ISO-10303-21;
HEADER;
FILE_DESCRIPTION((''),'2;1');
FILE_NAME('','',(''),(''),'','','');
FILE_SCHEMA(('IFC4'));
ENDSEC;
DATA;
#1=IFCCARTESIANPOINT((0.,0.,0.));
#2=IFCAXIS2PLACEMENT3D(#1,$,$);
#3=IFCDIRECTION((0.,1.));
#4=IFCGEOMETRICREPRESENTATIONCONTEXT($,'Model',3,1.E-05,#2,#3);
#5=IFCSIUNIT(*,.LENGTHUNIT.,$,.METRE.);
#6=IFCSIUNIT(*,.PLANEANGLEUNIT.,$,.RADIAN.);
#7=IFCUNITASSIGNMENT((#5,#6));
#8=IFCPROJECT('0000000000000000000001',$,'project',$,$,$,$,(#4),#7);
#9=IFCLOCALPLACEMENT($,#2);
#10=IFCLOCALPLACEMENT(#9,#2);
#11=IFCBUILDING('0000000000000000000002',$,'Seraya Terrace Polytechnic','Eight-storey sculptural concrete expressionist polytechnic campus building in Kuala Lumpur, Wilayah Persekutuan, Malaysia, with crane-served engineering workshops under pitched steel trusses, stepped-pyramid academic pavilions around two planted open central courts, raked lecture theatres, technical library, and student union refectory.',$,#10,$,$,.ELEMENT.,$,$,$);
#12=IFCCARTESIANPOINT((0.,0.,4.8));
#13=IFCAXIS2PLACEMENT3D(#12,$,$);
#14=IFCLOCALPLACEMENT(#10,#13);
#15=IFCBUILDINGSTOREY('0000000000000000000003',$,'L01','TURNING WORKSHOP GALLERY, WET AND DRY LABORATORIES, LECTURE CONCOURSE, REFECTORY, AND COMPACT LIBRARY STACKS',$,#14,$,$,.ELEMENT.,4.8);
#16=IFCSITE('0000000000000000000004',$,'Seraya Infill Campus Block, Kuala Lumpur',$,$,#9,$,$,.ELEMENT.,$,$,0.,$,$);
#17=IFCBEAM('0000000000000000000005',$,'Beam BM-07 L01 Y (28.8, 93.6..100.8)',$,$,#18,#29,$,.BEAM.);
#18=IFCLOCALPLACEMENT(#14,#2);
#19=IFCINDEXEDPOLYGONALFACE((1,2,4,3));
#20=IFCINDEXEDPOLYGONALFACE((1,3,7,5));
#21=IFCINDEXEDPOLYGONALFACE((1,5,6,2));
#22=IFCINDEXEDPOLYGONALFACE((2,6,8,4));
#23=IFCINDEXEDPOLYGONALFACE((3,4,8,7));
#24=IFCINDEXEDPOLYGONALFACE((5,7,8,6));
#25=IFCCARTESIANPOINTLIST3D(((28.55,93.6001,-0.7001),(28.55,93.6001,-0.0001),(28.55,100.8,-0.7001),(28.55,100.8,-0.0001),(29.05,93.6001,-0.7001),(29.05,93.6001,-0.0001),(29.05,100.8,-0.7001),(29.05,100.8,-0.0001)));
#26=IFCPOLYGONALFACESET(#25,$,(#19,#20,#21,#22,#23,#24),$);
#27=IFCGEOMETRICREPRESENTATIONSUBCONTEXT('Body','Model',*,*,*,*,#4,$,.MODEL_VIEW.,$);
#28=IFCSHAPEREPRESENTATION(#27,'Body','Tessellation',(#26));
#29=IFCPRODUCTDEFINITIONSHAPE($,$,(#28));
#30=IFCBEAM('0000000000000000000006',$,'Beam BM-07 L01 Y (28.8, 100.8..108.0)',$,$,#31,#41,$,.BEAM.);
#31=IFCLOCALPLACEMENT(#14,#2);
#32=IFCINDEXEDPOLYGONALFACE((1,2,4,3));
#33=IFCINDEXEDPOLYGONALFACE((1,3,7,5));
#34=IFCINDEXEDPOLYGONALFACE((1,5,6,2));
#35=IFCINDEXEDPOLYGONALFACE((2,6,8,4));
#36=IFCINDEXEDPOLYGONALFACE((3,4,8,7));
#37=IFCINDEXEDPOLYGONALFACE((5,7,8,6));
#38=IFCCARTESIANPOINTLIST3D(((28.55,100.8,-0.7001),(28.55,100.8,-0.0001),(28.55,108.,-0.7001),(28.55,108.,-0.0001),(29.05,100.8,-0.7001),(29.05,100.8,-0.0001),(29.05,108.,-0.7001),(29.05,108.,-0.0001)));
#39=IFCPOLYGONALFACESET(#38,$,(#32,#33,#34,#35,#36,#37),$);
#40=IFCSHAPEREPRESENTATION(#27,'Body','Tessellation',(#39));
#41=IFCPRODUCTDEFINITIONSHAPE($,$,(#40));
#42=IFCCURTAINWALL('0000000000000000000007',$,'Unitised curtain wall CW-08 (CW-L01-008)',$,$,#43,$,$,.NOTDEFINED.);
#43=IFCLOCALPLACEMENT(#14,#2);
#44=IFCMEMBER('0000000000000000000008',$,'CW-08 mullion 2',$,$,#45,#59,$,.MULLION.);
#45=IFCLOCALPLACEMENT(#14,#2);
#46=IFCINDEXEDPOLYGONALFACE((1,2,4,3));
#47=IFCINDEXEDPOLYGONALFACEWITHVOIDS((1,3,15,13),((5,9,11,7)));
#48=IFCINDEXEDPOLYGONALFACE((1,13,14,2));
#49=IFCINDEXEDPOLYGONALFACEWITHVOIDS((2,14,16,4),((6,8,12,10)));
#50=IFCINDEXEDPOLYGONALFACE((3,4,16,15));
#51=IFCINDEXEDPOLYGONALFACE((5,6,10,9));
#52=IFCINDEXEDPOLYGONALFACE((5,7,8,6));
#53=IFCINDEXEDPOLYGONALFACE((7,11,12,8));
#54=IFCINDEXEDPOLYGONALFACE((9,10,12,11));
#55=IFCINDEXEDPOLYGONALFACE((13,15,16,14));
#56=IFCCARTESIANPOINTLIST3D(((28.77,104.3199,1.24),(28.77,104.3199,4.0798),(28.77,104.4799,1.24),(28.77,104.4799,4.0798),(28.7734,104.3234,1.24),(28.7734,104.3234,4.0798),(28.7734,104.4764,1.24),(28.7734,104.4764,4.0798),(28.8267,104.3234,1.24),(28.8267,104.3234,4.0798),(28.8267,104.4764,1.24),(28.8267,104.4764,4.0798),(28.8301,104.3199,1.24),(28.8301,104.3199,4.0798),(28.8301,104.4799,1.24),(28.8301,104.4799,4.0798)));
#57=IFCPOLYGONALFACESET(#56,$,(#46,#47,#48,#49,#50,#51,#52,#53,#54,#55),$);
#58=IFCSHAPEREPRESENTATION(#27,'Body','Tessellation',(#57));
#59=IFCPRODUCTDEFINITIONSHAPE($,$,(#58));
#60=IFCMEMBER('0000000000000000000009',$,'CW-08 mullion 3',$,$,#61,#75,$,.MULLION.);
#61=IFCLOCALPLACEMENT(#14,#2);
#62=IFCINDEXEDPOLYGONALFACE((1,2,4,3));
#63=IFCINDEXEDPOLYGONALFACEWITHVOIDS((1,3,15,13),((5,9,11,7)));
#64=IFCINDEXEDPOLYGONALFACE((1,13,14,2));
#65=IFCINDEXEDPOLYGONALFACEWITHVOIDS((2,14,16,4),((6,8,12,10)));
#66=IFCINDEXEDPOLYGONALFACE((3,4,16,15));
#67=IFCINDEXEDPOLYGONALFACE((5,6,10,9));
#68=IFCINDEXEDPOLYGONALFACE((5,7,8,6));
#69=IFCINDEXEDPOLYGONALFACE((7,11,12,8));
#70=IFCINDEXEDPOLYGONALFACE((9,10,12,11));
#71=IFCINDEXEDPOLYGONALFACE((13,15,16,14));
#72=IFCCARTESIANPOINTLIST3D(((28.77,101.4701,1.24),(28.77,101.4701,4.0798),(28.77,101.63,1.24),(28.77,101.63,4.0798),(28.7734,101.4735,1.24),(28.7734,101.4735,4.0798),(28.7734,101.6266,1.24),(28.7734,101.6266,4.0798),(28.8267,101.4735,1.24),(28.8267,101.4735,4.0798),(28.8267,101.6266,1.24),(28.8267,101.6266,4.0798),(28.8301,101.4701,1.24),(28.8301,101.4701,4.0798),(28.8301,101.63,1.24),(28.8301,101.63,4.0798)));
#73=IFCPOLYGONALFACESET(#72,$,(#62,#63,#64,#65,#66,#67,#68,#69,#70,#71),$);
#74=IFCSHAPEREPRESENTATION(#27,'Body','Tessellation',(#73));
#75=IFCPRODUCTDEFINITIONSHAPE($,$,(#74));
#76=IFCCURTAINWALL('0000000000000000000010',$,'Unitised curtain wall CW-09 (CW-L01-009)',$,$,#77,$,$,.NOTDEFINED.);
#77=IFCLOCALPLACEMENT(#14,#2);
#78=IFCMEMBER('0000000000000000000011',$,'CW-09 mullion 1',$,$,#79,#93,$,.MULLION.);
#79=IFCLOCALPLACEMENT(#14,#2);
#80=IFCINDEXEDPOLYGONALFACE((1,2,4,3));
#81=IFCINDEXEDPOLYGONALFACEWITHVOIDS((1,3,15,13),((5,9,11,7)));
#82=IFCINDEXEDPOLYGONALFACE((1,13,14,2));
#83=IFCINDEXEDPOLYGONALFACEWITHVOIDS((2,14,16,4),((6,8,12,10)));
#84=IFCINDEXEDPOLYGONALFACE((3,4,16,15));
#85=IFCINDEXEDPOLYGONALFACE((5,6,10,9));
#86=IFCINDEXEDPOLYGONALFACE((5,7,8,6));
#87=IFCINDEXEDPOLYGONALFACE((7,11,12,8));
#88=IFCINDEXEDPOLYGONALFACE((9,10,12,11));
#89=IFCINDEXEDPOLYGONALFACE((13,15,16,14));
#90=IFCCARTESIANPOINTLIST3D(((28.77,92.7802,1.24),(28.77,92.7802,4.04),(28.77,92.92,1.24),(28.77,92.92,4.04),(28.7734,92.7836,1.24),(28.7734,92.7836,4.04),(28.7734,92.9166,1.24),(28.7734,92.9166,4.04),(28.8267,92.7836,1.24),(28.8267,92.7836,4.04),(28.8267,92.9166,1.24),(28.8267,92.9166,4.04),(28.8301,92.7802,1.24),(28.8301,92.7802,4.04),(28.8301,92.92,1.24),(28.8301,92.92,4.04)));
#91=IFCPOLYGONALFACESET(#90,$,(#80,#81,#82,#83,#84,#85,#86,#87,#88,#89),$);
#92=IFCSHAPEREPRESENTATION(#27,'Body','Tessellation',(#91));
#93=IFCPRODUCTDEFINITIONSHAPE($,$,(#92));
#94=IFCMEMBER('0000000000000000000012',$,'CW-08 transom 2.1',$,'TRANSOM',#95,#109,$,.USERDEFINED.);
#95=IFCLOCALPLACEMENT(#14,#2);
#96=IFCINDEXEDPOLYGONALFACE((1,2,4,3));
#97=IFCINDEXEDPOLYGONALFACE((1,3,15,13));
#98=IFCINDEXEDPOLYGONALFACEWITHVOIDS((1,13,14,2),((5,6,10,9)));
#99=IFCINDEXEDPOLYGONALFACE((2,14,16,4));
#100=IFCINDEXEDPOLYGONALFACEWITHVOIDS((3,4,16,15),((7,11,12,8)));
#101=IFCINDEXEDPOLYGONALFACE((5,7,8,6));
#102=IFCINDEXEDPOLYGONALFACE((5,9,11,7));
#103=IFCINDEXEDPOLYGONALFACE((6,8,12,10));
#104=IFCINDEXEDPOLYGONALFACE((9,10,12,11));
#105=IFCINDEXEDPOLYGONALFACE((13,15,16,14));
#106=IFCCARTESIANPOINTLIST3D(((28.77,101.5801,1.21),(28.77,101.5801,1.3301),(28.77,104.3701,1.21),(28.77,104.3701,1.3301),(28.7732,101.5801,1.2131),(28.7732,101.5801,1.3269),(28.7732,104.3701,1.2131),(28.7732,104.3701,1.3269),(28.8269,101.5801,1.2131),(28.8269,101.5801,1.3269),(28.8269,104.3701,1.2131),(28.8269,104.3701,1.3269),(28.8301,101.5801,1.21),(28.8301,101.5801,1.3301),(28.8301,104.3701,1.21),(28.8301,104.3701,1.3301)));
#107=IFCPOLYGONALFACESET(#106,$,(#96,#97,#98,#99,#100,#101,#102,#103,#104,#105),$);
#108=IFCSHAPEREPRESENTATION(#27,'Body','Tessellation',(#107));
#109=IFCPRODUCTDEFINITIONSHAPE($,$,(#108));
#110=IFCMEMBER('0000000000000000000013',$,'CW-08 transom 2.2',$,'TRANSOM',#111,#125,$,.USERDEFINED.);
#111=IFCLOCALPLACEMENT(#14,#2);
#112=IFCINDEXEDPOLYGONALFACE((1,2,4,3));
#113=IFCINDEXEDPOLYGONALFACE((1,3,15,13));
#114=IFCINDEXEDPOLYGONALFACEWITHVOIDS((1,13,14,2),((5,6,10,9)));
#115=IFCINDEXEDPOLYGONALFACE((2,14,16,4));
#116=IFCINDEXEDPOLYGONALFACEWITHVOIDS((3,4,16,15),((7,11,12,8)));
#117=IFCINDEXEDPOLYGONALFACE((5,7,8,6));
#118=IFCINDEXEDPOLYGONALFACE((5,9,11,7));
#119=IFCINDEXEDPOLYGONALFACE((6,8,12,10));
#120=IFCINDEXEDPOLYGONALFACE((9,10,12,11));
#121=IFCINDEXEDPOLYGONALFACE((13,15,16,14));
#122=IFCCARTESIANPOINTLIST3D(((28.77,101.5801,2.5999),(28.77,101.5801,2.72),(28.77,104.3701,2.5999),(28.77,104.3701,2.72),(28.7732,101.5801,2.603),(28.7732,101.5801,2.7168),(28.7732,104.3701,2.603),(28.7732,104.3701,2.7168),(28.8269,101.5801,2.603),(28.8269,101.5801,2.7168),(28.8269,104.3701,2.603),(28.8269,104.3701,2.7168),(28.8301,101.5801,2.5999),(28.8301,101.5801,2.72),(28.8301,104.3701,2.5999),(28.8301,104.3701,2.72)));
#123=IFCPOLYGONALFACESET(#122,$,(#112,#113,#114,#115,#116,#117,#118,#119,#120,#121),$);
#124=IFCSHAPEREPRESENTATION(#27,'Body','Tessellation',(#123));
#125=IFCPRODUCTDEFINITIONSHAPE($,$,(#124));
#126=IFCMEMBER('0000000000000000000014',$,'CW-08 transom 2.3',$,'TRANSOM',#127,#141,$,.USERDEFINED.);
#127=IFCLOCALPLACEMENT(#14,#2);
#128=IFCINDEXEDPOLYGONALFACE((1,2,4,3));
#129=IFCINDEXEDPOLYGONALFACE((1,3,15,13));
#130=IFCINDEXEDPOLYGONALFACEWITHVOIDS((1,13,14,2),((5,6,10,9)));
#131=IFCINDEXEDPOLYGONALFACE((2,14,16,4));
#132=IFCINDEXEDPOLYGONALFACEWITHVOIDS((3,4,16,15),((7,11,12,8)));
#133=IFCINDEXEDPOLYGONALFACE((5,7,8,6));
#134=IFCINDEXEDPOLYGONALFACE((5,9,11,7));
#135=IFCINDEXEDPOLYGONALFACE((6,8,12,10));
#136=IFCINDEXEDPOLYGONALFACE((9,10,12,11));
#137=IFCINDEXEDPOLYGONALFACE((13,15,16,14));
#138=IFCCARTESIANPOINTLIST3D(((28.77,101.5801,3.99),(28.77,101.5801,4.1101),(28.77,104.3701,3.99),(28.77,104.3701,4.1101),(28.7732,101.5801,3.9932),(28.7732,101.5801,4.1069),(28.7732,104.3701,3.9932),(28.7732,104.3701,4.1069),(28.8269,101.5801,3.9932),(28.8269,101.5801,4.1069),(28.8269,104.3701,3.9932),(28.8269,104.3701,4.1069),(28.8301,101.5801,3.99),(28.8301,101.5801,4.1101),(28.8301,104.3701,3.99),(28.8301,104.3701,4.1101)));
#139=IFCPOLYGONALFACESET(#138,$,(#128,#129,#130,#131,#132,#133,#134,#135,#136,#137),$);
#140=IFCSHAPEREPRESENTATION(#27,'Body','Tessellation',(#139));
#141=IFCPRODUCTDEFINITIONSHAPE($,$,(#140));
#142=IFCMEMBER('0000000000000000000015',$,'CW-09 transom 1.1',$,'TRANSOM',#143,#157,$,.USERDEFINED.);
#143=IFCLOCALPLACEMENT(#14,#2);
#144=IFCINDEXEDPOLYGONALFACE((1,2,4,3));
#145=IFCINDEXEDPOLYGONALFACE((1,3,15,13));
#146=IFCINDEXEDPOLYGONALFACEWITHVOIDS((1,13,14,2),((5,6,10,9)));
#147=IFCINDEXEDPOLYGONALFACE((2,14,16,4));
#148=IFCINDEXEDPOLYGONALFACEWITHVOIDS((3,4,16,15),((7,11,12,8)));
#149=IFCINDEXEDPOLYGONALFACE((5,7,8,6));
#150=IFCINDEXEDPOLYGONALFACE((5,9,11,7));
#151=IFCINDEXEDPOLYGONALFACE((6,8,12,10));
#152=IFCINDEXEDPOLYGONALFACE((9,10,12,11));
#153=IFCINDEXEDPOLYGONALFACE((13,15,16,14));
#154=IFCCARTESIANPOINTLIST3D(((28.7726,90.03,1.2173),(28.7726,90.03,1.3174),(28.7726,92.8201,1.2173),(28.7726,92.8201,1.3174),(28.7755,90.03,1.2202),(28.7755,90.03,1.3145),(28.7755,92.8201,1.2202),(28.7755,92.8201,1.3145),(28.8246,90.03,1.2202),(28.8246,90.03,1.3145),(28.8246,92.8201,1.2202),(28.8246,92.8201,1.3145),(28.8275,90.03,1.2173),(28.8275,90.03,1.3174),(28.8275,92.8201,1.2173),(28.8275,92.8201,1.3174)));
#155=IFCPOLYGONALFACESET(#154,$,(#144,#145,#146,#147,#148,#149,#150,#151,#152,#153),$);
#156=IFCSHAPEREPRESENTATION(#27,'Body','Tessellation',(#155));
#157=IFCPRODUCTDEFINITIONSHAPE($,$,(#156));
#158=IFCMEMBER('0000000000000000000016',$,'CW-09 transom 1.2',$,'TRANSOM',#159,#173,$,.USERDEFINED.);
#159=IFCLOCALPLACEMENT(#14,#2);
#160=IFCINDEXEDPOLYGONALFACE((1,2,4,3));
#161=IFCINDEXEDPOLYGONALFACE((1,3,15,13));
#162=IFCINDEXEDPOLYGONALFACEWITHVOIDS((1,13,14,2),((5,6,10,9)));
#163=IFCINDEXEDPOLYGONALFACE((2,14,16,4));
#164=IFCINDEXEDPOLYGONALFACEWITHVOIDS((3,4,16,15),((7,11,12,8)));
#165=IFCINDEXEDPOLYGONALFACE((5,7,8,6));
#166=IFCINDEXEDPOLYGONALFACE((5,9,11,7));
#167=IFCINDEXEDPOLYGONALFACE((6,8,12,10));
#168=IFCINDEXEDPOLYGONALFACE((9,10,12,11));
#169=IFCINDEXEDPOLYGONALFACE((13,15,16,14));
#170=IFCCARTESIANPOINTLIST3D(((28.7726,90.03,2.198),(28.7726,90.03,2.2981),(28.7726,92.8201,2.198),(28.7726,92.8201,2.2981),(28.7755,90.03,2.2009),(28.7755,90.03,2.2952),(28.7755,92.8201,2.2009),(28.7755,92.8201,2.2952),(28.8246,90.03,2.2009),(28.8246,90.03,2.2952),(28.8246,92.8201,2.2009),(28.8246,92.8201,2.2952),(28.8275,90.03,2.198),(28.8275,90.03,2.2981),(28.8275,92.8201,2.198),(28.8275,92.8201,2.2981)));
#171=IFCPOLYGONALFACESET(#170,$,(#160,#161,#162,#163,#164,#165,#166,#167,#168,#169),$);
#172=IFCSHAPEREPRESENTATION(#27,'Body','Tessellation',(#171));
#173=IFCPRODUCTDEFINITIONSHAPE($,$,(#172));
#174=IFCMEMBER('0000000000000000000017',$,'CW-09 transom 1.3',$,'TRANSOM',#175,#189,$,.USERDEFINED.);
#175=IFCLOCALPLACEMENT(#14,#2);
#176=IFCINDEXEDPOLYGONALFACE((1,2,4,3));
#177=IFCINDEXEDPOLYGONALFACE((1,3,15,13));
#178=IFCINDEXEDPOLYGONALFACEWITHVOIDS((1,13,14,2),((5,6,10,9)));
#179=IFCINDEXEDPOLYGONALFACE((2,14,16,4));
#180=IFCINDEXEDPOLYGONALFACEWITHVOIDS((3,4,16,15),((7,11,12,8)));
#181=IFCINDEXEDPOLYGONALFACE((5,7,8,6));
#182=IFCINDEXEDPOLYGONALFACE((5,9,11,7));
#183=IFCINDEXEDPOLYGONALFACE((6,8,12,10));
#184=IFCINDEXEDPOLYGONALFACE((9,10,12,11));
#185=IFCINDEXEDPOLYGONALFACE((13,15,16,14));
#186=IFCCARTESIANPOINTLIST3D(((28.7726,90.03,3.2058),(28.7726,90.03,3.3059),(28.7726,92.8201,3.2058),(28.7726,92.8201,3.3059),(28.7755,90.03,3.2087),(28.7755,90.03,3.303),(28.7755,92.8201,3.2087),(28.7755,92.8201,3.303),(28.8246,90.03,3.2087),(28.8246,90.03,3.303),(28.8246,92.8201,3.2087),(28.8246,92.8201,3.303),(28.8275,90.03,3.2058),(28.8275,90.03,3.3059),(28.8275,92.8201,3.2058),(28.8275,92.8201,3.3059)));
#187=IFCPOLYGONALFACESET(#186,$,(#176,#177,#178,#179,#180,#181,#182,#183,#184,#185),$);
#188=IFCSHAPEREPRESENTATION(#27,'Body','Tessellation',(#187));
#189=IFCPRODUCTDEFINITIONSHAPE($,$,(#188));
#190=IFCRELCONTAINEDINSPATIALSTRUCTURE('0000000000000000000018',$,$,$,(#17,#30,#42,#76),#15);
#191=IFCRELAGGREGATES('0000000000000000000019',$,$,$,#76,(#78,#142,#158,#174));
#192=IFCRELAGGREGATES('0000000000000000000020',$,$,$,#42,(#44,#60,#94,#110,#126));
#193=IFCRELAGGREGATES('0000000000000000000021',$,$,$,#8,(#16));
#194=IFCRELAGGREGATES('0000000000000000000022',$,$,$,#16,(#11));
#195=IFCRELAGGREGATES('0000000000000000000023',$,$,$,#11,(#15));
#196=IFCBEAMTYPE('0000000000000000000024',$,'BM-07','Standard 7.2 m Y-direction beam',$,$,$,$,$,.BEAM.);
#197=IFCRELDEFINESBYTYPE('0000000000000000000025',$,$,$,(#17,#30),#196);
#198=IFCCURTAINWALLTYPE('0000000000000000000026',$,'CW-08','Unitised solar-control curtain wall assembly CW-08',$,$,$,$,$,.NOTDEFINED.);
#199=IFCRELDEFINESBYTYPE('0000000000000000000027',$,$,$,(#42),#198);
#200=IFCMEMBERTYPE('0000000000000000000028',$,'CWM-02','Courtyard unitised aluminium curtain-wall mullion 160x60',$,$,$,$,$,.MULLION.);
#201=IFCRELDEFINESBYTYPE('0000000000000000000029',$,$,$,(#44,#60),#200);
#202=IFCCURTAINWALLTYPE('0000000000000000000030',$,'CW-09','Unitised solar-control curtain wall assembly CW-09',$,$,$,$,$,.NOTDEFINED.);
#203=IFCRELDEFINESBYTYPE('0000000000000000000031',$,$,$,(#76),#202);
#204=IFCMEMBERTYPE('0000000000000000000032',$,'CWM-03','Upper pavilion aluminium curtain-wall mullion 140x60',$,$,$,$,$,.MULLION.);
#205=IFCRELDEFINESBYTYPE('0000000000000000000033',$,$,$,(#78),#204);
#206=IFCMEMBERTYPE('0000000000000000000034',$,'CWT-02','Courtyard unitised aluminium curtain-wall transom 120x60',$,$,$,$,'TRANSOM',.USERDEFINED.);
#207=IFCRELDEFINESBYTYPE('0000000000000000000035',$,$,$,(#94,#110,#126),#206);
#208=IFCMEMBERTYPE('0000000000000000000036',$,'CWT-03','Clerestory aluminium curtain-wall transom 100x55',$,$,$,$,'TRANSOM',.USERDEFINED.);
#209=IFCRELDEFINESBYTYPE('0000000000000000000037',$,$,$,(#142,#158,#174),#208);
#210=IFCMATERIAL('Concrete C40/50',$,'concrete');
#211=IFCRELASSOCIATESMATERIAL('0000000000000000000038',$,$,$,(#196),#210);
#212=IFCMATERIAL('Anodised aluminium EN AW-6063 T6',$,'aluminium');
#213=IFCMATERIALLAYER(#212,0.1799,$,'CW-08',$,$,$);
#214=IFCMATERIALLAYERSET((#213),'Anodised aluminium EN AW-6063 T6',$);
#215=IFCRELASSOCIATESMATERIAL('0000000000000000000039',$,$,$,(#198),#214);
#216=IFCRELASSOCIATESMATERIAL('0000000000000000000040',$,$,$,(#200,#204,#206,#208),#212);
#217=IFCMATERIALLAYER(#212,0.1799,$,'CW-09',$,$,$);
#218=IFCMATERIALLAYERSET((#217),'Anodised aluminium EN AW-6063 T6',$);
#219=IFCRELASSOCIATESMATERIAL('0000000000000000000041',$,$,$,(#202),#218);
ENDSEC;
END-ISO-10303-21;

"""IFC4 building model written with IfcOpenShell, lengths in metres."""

from ifc_helpers import new_model, si_unit, direction, frame, origin, origin_2d, place, context, subcontext, project, spatial, rectangle, hollow_rectangle, extrude, material, layer, layer_set, material_profile, profile_set, type_object, element, aggregate, save


model = new_model("IFC4")

# Units and contexts
model_context = context("Model", 3, precision=1e-05, world=origin(), true_north=direction((0.0, 1.0)))
body_context = subcontext(model_context, "Body", "Model", "MODEL_VIEW")
ifc_project = project(units=[si_unit("LENGTHUNIT", "METRE"), si_unit("PLANEANGLEUNIT", "RADIAN")], contexts=[model_context])

# Site, building, storey
site_placement = place(None, origin())
site = spatial("IfcSite", under=ifc_project, at=site_placement, Name="Seraya Infill Campus Block, Kuala Lumpur", CompositionType="ELEMENT", RefElevation=0.0)
building_placement = place(site_placement, origin())
building = spatial("IfcBuilding", under=site, at=building_placement, Name="Seraya Terrace Polytechnic", Description="Eight-storey sculptural concrete expressionist polytechnic campus building in Kuala Lumpur, Wilayah Persekutuan, Malaysia, with crane-served engineering workshops under pitched steel trusses, stepped-pyramid academic pavilions around two planted open central courts, raked lecture theatres, technical library, and student union refectory.", CompositionType="ELEMENT")
storey_placement = place(building_placement, frame((0.0, 0.0, 4.8)))
storey = spatial("IfcBuildingStorey", under=building, at=storey_placement, Name="L01", Description="TURNING WORKSHOP GALLERY, WET AND DRY LABORATORIES, LECTURE CONCOURSE, REFECTORY, AND COMPACT LIBRARY STACKS", CompositionType="ELEMENT", Elevation=4.8)

# Beams
ifc_material_1 = material(Name="Concrete C40/50", Category="concrete")
ifc_material_profile_1 = material_profile(ifc_material_1, rectangle(XDim=0.5, YDim=0.7, at=origin_2d()), Name="RC 500x700")
ifc_profile_set_1 = profile_set([ifc_material_profile_1], Name="Concrete C40/50")
beam_type_1 = type_object("IfcBeamType", Name="BM-07", Description="Standard 7.2 m Y-direction beam", PredefinedType="BEAM", material=ifc_profile_set_1)
for number, where, z_axis, x_axis, name in (
    (1, (28.8, 93.6001, -0.3501), (0.0, 1.0, 0.0), (-1.0, 0.0, 0.0), "Beam BM-07 L01 Y (28.8, 93.6..100.8)"),
    (2, (28.8, 100.8, -0.3501), (0.0, 1.0, 0.0), (-1.0, 0.0, 0.0), "Beam BM-07 L01 Y (28.8, 100.8..108.0)"),
):
    element("IfcBeam", number, at=place(storey_placement, frame(where, z_axis=z_axis, x_axis=x_axis)), inside=storey, type_object=beam_type_1, Name=name, PredefinedType="BEAM", context=body_context, shape_type="SweptSolid", body=[
        extrude(rectangle(XDim=0.5, YDim=0.7, at=origin_2d()), origin(), (0.0, 0.0, 1.0), 7.2),
    ])

# Curtain wall, members
ifc_material_2 = material(Name="Anodised aluminium EN AW-6063 T6", Category="aluminium")
ifc_layer_1 = layer(ifc_material_2, 0.1799, Name="CW-08")
ifc_layer_set_1 = layer_set([ifc_layer_1], Name="Anodised aluminium EN AW-6063 T6")
curtain_wall_type_1 = type_object("IfcCurtainWallType", Name="CW-08", Description="Unitised solar-control curtain wall assembly CW-08", PredefinedType="NOTDEFINED", material=ifc_layer_set_1)
curtain_wall_1_placement = place(storey_placement, origin())
curtain_wall_1 = element("IfcCurtainWall", 3, at=curtain_wall_1_placement, inside=storey, type_object=curtain_wall_type_1, Name="Unitised curtain wall CW-08 (CW-L01-008)", PredefinedType="NOTDEFINED")
ifc_material_profile_2 = material_profile(ifc_material_2, hollow_rectangle(XDim=0.0601, YDim=0.1599, WallThickness=0.0034, at=origin_2d()), Name="RHS 160x60x3.5")
ifc_profile_set_2 = profile_set([ifc_material_profile_2], Name="Anodised aluminium EN AW-6063 T6")
member_type_1 = type_object("IfcMemberType", Name="CWM-02", Description="Courtyard unitised aluminium curtain-wall mullion 160x60", PredefinedType="MULLION", material=ifc_profile_set_2)
member_1_placement = place(storey_placement, frame((28.8, 104.3999, 1.24), z_axis=(0.0, 0.0, 1.0), x_axis=(1.0, 0.0, 0.0)))
member_1 = element("IfcMember", 4, at=member_1_placement, type_object=member_type_1, Name="CW-08 mullion 2", PredefinedType="MULLION", context=body_context, shape_type="SweptSolid", body=[
    extrude(hollow_rectangle(XDim=0.0601, YDim=0.1599, WallThickness=0.0034, at=origin_2d()), origin(), (0.0, 0.0, 1.0), 2.8398),
])
member_2_placement = place(storey_placement, frame((28.8, 101.55, 1.24), z_axis=(0.0, 0.0, 1.0), x_axis=(1.0, 0.0, 0.0)))
member_2 = element("IfcMember", 5, at=member_2_placement, type_object=member_type_1, Name="CW-08 mullion 3", PredefinedType="MULLION", context=body_context, shape_type="SweptSolid", body=[
    extrude(hollow_rectangle(XDim=0.0601, YDim=0.1599, WallThickness=0.0034, at=origin_2d()), origin(), (0.0, 0.0, 1.0), 2.8398),
])

# Curtain wall, member
ifc_layer_2 = layer(ifc_material_2, 0.1799, Name="CW-09")
ifc_layer_set_2 = layer_set([ifc_layer_2], Name="Anodised aluminium EN AW-6063 T6")
curtain_wall_type_2 = type_object("IfcCurtainWallType", Name="CW-09", Description="Unitised solar-control curtain wall assembly CW-09", PredefinedType="NOTDEFINED", material=ifc_layer_set_2)
curtain_wall_2_placement = place(storey_placement, origin())
curtain_wall_2 = element("IfcCurtainWall", 6, at=curtain_wall_2_placement, inside=storey, type_object=curtain_wall_type_2, Name="Unitised curtain wall CW-09 (CW-L01-009)", PredefinedType="NOTDEFINED")
ifc_material_profile_3 = material_profile(ifc_material_2, hollow_rectangle(XDim=0.0601, YDim=0.1399, WallThickness=0.0034, at=origin_2d()), Name="RHS 140x60x3.5")
ifc_profile_set_3 = profile_set([ifc_material_profile_3], Name="Anodised aluminium EN AW-6063 T6")
member_type_2 = type_object("IfcMemberType", Name="CWM-03", Description="Upper pavilion aluminium curtain-wall mullion 140x60", PredefinedType="MULLION", material=ifc_profile_set_3)
member_3_placement = place(storey_placement, frame((28.8, 92.8501, 1.24), z_axis=(0.0, 0.0, 1.0), x_axis=(1.0, 0.0, 0.0)))
member_3 = element("IfcMember", 7, at=member_3_placement, type_object=member_type_2, Name="CW-09 mullion 1", PredefinedType="MULLION", context=body_context, shape_type="SweptSolid", body=[
    extrude(hollow_rectangle(XDim=0.0601, YDim=0.1399, WallThickness=0.0034, at=origin_2d()), origin(), (0.0, 0.0, 1.0), 2.8),
])

# Members
ifc_material_profile_4 = material_profile(ifc_material_2, hollow_rectangle(XDim=0.0601, YDim=0.1201, WallThickness=0.0032, at=origin_2d()), Name="RHS 120x60x3.2")
ifc_profile_set_4 = profile_set([ifc_material_profile_4], Name="Anodised aluminium EN AW-6063 T6")
member_type_3 = type_object("IfcMemberType", Name="CWT-02", Description="Courtyard unitised aluminium curtain-wall transom 120x60", ElementType="TRANSOM", PredefinedType="USERDEFINED", material=ifc_profile_set_4)
member_4_placement = place(storey_placement, frame((28.8, 104.3701, 1.27), z_axis=(0.0, -1.0, 0.0), x_axis=(1.0, 0.0, 0.0)))
member_4 = element("IfcMember", 8, at=member_4_placement, type_object=member_type_3, Name="CW-08 transom 2.1", ObjectType="TRANSOM", PredefinedType="USERDEFINED", context=body_context, shape_type="SweptSolid", body=[
    extrude(hollow_rectangle(XDim=0.0601, YDim=0.1201, WallThickness=0.0032, at=origin_2d()), origin(), (0.0, 0.0, 1.0), 2.79),
])
member_5_placement = place(storey_placement, frame((28.8, 104.3701, 2.6599), z_axis=(0.0, -1.0, 0.0), x_axis=(1.0, 0.0, 0.0)))
member_5 = element("IfcMember", 9, at=member_5_placement, type_object=member_type_3, Name="CW-08 transom 2.2", ObjectType="TRANSOM", PredefinedType="USERDEFINED", context=body_context, shape_type="SweptSolid", body=[
    extrude(hollow_rectangle(XDim=0.0601, YDim=0.1201, WallThickness=0.0032, at=origin_2d()), origin(), (0.0, 0.0, 1.0), 2.79),
])
member_6_placement = place(storey_placement, frame((28.8, 104.3701, 4.05), z_axis=(0.0, -1.0, 0.0), x_axis=(1.0, 0.0, 0.0)))
member_6 = element("IfcMember", 10, at=member_6_placement, type_object=member_type_3, Name="CW-08 transom 2.3", ObjectType="TRANSOM", PredefinedType="USERDEFINED", context=body_context, shape_type="SweptSolid", body=[
    extrude(hollow_rectangle(XDim=0.0601, YDim=0.1201, WallThickness=0.0032, at=origin_2d()), origin(), (0.0, 0.0, 1.0), 2.79),
])
ifc_material_profile_5 = material_profile(ifc_material_2, hollow_rectangle(XDim=0.0549, YDim=0.1001, WallThickness=0.0029, at=origin_2d()), Name="RHS 100x55x3.0")
ifc_profile_set_5 = profile_set([ifc_material_profile_5], Name="Anodised aluminium EN AW-6063 T6")
member_type_4 = type_object("IfcMemberType", Name="CWT-03", Description="Clerestory aluminium curtain-wall transom 100x55", ElementType="TRANSOM", PredefinedType="USERDEFINED", material=ifc_profile_set_5)
member_7_placement = place(storey_placement, frame((28.8, 92.8201, 1.2673), z_axis=(0.0, -1.0, 0.0), x_axis=(1.0, 0.0, 0.0)))
member_7 = element("IfcMember", 11, at=member_7_placement, type_object=member_type_4, Name="CW-09 transom 1.1", ObjectType="TRANSOM", PredefinedType="USERDEFINED", context=body_context, shape_type="SweptSolid", body=[
    extrude(hollow_rectangle(XDim=0.0549, YDim=0.1001, WallThickness=0.0029, at=origin_2d()), origin(), (0.0, 0.0, 1.0), 2.79),
])
member_8_placement = place(storey_placement, frame((28.8, 92.8201, 2.248), z_axis=(0.0, -1.0, 0.0), x_axis=(1.0, 0.0, 0.0)))
member_8 = element("IfcMember", 12, at=member_8_placement, type_object=member_type_4, Name="CW-09 transom 1.2", ObjectType="TRANSOM", PredefinedType="USERDEFINED", context=body_context, shape_type="SweptSolid", body=[
    extrude(hollow_rectangle(XDim=0.0549, YDim=0.1001, WallThickness=0.0029, at=origin_2d()), origin(), (0.0, 0.0, 1.0), 2.79),
])
member_9_placement = place(storey_placement, frame((28.8, 92.8201, 3.2559), z_axis=(0.0, -1.0, 0.0), x_axis=(1.0, 0.0, 0.0)))
member_9 = element("IfcMember", 13, at=member_9_placement, type_object=member_type_4, Name="CW-09 transom 1.3", ObjectType="TRANSOM", PredefinedType="USERDEFINED", context=body_context, shape_type="SweptSolid", body=[
    extrude(hollow_rectangle(XDim=0.0549, YDim=0.1001, WallThickness=0.0029, at=origin_2d()), origin(), (0.0, 0.0, 1.0), 2.79),
])
aggregate(curtain_wall_2, [member_3, member_7, member_8, member_9])

aggregate(curtain_wall_1, [member_1, member_2, member_4, member_5, member_6])

save(model, "model.ifc")
